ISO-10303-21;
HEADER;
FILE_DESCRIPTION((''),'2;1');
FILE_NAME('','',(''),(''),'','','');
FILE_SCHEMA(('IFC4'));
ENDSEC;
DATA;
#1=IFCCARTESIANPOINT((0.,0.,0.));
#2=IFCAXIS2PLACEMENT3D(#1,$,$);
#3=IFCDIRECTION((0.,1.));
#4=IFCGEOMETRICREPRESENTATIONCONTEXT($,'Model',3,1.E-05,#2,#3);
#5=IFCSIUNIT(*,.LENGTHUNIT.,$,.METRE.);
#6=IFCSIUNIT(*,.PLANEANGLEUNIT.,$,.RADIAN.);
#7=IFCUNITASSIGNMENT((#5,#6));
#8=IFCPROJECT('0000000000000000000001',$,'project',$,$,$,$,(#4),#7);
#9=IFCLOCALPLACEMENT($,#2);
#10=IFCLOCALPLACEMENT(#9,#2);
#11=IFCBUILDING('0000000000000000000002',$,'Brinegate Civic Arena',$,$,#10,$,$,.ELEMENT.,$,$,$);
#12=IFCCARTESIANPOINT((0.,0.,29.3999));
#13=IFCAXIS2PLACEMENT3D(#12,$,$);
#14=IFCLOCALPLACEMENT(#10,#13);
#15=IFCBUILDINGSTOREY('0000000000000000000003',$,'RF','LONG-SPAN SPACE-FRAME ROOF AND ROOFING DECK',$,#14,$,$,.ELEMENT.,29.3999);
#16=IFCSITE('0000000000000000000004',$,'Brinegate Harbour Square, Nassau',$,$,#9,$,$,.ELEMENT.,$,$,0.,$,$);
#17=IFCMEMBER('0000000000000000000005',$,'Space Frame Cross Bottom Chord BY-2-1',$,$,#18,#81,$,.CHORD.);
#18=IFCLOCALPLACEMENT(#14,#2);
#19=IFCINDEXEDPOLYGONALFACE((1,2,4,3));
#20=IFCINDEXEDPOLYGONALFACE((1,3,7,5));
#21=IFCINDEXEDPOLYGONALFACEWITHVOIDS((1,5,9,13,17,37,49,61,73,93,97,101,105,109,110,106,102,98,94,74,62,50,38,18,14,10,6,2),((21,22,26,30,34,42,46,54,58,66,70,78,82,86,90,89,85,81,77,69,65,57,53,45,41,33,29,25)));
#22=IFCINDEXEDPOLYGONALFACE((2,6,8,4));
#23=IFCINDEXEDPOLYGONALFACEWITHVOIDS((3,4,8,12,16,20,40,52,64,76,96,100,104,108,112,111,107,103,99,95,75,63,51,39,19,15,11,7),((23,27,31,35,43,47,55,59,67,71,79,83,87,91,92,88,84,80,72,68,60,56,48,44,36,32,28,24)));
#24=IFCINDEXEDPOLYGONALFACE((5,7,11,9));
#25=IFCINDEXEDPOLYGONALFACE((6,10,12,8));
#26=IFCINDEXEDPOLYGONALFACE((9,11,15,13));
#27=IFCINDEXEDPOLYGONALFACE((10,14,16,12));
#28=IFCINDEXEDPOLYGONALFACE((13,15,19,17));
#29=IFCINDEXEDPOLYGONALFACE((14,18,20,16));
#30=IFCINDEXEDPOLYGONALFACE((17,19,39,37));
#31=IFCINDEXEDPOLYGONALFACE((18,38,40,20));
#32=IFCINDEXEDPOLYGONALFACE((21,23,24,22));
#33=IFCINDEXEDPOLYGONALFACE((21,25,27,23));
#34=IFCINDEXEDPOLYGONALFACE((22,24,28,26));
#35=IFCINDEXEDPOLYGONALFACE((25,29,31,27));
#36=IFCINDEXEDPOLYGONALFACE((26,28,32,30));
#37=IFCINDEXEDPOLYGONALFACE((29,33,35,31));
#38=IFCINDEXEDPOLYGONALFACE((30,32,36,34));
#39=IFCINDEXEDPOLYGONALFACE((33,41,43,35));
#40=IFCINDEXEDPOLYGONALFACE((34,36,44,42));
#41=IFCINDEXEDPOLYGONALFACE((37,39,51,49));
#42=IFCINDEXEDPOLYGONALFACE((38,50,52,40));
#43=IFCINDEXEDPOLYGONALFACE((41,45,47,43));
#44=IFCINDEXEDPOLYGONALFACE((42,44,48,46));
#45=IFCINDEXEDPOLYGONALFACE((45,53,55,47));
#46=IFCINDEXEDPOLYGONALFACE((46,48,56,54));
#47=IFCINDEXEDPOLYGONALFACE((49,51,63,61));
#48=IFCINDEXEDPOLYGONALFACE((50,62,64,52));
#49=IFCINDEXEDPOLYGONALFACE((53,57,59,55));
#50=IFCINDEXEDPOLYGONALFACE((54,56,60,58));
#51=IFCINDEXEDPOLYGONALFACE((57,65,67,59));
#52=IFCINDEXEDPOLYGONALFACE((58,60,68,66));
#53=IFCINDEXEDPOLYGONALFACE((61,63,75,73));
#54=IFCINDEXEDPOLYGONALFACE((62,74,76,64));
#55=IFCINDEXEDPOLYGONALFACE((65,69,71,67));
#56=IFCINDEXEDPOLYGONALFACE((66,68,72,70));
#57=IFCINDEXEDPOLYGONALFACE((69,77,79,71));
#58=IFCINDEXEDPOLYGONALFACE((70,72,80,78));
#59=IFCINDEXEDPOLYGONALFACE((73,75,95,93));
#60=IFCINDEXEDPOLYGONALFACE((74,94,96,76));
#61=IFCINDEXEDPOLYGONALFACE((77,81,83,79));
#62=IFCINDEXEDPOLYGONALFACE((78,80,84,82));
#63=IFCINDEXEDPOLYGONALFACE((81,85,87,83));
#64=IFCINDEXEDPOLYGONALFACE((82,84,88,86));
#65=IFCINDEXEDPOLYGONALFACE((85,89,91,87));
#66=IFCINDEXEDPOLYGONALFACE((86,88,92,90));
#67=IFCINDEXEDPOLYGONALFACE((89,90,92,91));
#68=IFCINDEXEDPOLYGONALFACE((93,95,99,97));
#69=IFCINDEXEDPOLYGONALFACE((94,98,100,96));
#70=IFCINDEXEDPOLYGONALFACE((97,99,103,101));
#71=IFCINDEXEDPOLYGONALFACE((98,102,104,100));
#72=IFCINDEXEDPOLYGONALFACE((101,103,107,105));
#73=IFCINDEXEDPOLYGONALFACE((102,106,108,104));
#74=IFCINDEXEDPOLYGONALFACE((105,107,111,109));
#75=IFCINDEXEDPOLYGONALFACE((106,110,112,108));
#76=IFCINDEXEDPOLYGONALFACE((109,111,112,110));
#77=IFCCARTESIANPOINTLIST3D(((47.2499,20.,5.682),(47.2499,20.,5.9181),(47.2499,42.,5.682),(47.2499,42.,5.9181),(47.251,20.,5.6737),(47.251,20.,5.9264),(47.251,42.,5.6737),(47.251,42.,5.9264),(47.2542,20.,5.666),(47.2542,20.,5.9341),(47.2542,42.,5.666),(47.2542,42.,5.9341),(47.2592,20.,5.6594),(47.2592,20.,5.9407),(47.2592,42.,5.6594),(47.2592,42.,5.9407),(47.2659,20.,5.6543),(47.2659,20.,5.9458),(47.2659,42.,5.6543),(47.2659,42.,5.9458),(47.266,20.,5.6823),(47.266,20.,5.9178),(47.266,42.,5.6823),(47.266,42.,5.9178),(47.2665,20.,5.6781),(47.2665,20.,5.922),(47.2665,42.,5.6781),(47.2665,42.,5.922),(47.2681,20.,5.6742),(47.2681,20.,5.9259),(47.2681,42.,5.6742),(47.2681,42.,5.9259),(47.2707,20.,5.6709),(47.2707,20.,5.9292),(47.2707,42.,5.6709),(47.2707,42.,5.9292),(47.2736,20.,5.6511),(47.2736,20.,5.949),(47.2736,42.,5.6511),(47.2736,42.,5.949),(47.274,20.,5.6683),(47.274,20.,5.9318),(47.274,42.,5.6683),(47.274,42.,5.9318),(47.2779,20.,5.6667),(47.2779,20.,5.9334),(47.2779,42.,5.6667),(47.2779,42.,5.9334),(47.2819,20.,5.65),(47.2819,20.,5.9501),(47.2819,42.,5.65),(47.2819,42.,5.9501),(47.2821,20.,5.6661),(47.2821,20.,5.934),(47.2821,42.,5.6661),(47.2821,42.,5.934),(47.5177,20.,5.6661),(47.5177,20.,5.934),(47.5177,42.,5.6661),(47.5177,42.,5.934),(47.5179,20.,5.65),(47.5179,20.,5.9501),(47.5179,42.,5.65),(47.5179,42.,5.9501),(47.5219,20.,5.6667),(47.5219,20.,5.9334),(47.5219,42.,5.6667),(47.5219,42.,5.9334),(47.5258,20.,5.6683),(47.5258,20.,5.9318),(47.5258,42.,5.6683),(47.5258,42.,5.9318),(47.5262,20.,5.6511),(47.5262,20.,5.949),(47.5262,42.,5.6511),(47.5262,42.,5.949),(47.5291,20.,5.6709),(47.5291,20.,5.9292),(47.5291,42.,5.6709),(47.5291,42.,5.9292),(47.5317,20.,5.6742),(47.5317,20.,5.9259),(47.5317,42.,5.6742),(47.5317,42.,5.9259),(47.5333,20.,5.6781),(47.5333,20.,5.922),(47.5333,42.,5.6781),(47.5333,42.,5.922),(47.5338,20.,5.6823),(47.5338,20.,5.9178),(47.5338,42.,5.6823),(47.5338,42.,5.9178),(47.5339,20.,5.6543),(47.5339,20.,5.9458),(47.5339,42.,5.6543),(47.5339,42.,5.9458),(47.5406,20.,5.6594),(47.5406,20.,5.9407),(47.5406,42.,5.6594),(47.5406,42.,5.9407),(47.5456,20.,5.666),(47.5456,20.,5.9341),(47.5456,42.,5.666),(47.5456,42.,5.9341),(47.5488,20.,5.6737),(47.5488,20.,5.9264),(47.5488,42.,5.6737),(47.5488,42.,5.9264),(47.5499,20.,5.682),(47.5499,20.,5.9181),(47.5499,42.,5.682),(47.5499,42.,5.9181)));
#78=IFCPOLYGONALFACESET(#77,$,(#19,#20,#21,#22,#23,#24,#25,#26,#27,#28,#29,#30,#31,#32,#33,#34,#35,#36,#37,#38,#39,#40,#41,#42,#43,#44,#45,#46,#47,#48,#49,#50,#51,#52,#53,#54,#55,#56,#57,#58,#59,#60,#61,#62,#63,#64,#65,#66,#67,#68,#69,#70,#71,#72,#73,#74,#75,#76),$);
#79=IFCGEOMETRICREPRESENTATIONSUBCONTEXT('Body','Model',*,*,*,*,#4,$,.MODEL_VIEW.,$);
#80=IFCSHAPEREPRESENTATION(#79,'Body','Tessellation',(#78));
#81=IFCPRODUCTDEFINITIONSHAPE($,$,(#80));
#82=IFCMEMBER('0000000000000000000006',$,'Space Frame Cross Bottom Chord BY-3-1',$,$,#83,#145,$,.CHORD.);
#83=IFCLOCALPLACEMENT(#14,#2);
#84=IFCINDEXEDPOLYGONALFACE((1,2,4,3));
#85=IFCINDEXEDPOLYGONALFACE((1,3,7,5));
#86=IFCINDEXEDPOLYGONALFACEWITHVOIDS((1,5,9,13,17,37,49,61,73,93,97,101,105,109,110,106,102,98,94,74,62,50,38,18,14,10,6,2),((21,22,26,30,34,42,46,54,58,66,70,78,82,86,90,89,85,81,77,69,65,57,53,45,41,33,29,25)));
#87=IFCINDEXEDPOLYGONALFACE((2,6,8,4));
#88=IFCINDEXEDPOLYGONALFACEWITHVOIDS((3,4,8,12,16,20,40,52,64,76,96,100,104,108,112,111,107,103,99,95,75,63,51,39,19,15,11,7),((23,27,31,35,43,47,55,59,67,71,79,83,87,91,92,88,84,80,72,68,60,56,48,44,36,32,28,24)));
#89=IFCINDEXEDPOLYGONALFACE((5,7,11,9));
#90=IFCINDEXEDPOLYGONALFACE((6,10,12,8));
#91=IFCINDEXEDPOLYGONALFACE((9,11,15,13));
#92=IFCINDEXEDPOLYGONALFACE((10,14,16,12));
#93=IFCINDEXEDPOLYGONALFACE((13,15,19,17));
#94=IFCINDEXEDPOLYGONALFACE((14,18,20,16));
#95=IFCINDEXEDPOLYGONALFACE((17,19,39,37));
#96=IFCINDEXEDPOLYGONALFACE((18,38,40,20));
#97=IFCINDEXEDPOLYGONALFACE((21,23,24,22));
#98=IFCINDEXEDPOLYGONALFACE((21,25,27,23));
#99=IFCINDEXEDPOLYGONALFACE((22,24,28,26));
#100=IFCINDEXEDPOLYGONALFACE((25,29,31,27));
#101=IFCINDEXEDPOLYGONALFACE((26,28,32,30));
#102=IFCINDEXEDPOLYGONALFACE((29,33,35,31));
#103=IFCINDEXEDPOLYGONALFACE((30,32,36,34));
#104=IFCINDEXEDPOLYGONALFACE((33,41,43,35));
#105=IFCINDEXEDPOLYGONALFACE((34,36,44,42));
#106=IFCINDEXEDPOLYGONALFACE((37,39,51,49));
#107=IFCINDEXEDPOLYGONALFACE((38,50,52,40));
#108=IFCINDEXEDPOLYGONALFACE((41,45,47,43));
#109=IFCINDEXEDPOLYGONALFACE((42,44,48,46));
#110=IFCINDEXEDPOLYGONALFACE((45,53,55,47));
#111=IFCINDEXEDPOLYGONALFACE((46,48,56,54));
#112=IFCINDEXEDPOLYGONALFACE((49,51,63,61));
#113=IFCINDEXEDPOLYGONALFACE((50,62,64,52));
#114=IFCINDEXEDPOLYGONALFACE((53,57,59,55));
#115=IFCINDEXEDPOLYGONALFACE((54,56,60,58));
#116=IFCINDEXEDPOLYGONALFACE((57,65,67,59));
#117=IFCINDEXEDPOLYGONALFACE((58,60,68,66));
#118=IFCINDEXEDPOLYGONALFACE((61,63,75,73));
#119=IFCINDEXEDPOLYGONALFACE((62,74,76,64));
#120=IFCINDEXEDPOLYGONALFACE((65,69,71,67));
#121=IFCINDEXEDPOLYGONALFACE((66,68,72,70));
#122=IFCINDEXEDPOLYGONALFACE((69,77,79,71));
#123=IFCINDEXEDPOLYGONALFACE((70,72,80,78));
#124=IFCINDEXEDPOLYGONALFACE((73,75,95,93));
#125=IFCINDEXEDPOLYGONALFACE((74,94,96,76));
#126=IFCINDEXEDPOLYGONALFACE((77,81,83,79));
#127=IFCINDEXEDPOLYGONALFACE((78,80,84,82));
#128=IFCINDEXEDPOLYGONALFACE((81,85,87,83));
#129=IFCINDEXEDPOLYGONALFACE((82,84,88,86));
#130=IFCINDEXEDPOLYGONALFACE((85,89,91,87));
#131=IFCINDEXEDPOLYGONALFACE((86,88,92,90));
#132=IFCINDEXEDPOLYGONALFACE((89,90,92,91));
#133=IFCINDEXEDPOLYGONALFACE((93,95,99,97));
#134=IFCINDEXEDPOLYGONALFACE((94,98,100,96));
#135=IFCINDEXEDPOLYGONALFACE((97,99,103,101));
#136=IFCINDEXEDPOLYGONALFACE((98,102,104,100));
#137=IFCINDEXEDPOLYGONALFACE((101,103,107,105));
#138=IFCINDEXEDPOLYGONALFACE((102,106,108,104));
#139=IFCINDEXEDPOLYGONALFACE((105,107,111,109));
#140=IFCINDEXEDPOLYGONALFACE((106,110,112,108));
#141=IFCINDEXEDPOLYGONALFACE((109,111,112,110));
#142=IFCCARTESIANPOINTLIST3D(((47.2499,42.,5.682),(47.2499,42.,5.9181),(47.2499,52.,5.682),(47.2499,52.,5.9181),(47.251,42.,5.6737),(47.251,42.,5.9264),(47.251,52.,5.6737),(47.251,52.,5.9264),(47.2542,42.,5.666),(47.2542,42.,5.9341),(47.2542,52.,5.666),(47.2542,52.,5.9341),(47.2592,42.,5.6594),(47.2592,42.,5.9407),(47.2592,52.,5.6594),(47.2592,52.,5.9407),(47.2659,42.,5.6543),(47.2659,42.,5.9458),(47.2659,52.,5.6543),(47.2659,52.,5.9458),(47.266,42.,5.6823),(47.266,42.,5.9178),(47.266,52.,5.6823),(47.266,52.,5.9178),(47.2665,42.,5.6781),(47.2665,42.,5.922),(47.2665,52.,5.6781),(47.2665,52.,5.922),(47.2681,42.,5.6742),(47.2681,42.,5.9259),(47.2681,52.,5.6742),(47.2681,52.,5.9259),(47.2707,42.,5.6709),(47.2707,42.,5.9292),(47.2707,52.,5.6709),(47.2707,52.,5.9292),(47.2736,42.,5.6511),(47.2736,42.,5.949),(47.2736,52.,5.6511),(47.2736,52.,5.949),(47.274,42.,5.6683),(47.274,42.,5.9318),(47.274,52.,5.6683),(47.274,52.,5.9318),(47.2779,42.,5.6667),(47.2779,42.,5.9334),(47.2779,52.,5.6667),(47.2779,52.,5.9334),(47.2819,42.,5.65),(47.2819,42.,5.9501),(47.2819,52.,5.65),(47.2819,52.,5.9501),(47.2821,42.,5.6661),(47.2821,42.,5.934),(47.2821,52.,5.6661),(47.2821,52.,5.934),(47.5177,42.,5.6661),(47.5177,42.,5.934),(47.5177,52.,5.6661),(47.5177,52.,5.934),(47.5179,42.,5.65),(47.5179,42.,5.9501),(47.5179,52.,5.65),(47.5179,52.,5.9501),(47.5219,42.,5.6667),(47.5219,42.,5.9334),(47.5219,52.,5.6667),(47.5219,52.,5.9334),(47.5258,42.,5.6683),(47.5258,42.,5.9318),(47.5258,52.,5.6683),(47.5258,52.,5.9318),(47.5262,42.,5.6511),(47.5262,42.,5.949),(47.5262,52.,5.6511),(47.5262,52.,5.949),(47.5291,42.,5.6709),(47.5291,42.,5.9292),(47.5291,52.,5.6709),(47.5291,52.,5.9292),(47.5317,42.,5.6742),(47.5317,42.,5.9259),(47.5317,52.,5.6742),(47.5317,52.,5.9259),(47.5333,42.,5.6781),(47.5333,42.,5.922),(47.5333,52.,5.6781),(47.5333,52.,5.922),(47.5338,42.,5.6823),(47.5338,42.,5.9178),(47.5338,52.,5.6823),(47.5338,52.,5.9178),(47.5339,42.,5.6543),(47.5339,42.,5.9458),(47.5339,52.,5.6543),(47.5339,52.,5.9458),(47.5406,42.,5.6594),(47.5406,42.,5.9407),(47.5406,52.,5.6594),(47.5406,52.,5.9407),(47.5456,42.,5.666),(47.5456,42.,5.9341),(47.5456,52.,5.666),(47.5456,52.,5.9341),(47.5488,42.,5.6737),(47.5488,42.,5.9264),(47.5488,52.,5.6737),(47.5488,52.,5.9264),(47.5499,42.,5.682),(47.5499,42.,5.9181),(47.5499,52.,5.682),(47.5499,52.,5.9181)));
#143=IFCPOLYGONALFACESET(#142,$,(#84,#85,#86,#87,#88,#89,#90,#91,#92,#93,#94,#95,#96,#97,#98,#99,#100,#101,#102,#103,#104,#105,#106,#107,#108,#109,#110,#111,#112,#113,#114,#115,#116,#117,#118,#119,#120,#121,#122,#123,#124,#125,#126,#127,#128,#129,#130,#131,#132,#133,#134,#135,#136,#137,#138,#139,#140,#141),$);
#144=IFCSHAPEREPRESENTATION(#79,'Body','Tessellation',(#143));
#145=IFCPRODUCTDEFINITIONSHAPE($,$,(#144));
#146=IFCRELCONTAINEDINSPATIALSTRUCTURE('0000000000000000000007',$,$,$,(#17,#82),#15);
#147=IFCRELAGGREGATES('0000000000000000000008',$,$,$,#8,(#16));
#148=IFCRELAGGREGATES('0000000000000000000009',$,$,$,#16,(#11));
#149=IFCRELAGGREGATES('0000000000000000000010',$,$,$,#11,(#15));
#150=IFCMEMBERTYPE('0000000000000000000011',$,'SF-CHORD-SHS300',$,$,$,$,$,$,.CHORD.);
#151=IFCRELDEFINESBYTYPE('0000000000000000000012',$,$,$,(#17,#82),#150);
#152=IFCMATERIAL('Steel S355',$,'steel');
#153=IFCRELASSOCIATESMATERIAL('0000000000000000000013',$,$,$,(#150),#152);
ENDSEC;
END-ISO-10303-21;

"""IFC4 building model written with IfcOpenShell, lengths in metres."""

from ifc_helpers import new_model, si_unit, direction, frame, origin, origin_2d, place, context, subcontext, project, spatial, hollow_rectangle, extrude, material, material_profile, profile_set, type_object, element, save


model = new_model("IFC4")

# Units and contexts
model_context = context("Model", 3, precision=1e-05, world=origin(), true_north=direction((0.0, 1.0)))
body_context = subcontext(model_context, "Body", "Model", "MODEL_VIEW")
ifc_project = project(units=[si_unit("LENGTHUNIT", "METRE"), si_unit("PLANEANGLEUNIT", "RADIAN")], contexts=[model_context])

# Site, building, storey
site_placement = place(None, origin())
site = spatial("IfcSite", under=ifc_project, at=site_placement, Name="Brinegate Harbour Square, Nassau", CompositionType="ELEMENT", RefElevation=0.0)
building_placement = place(site_placement, origin())
building = spatial("IfcBuilding", under=site, at=building_placement, Name="Brinegate Civic Arena", CompositionType="ELEMENT")
storey_placement = place(building_placement, frame((0.0, 0.0, 29.3999)))
storey = spatial("IfcBuildingStorey", under=building, at=storey_placement, Name="RF", Description="LONG-SPAN SPACE-FRAME ROOF AND ROOFING DECK", CompositionType="ELEMENT", Elevation=29.3999)

# Members
ifc_material_1 = material(Name="Steel S355", Category="steel")
ifc_material_profile_1 = material_profile(ifc_material_1, hollow_rectangle(XDim=0.3, YDim=0.3, WallThickness=0.0161, InnerFilletRadius=0.0161, OuterFilletRadius=0.032, at=origin_2d()), Name="SHS300X16")
ifc_profile_set_1 = profile_set([ifc_material_profile_1], Name="Steel S355")
member_type_1 = type_object("IfcMemberType", Name="SF-CHORD-SHS300", PredefinedType="CHORD", material=ifc_profile_set_1)
member_1_placement = place(storey_placement, frame((47.3999, 20.0, 5.8), z_axis=(0.0, 1.0, 0.0), x_axis=(-1.0, 0.0, 0.0)))
element("IfcMember", 1, at=member_1_placement, inside=storey, type_object=member_type_1, Name="Space Frame Cross Bottom Chord BY-2-1", PredefinedType="CHORD", context=body_context, shape_type="SweptSolid", body=[
    extrude(hollow_rectangle(XDim=0.3, YDim=0.3, WallThickness=0.0161, InnerFilletRadius=0.0161, OuterFilletRadius=0.032, at=origin_2d()), origin(), (0.0, 0.0, 1.0), 22.0),
])
member_2_placement = place(storey_placement, frame((47.3999, 42.0, 5.8), z_axis=(0.0, 1.0, 0.0), x_axis=(-1.0, 0.0, 0.0)))
element("IfcMember", 2, at=member_2_placement, inside=storey, type_object=member_type_1, Name="Space Frame Cross Bottom Chord BY-3-1", PredefinedType="CHORD", context=body_context, shape_type="SweptSolid", body=[
    extrude(hollow_rectangle(XDim=0.3, YDim=0.3, WallThickness=0.0161, InnerFilletRadius=0.0161, OuterFilletRadius=0.032, at=origin_2d()), origin(), (0.0, 0.0, 1.0), 10.0),
])

save(model, "model.ifc")
